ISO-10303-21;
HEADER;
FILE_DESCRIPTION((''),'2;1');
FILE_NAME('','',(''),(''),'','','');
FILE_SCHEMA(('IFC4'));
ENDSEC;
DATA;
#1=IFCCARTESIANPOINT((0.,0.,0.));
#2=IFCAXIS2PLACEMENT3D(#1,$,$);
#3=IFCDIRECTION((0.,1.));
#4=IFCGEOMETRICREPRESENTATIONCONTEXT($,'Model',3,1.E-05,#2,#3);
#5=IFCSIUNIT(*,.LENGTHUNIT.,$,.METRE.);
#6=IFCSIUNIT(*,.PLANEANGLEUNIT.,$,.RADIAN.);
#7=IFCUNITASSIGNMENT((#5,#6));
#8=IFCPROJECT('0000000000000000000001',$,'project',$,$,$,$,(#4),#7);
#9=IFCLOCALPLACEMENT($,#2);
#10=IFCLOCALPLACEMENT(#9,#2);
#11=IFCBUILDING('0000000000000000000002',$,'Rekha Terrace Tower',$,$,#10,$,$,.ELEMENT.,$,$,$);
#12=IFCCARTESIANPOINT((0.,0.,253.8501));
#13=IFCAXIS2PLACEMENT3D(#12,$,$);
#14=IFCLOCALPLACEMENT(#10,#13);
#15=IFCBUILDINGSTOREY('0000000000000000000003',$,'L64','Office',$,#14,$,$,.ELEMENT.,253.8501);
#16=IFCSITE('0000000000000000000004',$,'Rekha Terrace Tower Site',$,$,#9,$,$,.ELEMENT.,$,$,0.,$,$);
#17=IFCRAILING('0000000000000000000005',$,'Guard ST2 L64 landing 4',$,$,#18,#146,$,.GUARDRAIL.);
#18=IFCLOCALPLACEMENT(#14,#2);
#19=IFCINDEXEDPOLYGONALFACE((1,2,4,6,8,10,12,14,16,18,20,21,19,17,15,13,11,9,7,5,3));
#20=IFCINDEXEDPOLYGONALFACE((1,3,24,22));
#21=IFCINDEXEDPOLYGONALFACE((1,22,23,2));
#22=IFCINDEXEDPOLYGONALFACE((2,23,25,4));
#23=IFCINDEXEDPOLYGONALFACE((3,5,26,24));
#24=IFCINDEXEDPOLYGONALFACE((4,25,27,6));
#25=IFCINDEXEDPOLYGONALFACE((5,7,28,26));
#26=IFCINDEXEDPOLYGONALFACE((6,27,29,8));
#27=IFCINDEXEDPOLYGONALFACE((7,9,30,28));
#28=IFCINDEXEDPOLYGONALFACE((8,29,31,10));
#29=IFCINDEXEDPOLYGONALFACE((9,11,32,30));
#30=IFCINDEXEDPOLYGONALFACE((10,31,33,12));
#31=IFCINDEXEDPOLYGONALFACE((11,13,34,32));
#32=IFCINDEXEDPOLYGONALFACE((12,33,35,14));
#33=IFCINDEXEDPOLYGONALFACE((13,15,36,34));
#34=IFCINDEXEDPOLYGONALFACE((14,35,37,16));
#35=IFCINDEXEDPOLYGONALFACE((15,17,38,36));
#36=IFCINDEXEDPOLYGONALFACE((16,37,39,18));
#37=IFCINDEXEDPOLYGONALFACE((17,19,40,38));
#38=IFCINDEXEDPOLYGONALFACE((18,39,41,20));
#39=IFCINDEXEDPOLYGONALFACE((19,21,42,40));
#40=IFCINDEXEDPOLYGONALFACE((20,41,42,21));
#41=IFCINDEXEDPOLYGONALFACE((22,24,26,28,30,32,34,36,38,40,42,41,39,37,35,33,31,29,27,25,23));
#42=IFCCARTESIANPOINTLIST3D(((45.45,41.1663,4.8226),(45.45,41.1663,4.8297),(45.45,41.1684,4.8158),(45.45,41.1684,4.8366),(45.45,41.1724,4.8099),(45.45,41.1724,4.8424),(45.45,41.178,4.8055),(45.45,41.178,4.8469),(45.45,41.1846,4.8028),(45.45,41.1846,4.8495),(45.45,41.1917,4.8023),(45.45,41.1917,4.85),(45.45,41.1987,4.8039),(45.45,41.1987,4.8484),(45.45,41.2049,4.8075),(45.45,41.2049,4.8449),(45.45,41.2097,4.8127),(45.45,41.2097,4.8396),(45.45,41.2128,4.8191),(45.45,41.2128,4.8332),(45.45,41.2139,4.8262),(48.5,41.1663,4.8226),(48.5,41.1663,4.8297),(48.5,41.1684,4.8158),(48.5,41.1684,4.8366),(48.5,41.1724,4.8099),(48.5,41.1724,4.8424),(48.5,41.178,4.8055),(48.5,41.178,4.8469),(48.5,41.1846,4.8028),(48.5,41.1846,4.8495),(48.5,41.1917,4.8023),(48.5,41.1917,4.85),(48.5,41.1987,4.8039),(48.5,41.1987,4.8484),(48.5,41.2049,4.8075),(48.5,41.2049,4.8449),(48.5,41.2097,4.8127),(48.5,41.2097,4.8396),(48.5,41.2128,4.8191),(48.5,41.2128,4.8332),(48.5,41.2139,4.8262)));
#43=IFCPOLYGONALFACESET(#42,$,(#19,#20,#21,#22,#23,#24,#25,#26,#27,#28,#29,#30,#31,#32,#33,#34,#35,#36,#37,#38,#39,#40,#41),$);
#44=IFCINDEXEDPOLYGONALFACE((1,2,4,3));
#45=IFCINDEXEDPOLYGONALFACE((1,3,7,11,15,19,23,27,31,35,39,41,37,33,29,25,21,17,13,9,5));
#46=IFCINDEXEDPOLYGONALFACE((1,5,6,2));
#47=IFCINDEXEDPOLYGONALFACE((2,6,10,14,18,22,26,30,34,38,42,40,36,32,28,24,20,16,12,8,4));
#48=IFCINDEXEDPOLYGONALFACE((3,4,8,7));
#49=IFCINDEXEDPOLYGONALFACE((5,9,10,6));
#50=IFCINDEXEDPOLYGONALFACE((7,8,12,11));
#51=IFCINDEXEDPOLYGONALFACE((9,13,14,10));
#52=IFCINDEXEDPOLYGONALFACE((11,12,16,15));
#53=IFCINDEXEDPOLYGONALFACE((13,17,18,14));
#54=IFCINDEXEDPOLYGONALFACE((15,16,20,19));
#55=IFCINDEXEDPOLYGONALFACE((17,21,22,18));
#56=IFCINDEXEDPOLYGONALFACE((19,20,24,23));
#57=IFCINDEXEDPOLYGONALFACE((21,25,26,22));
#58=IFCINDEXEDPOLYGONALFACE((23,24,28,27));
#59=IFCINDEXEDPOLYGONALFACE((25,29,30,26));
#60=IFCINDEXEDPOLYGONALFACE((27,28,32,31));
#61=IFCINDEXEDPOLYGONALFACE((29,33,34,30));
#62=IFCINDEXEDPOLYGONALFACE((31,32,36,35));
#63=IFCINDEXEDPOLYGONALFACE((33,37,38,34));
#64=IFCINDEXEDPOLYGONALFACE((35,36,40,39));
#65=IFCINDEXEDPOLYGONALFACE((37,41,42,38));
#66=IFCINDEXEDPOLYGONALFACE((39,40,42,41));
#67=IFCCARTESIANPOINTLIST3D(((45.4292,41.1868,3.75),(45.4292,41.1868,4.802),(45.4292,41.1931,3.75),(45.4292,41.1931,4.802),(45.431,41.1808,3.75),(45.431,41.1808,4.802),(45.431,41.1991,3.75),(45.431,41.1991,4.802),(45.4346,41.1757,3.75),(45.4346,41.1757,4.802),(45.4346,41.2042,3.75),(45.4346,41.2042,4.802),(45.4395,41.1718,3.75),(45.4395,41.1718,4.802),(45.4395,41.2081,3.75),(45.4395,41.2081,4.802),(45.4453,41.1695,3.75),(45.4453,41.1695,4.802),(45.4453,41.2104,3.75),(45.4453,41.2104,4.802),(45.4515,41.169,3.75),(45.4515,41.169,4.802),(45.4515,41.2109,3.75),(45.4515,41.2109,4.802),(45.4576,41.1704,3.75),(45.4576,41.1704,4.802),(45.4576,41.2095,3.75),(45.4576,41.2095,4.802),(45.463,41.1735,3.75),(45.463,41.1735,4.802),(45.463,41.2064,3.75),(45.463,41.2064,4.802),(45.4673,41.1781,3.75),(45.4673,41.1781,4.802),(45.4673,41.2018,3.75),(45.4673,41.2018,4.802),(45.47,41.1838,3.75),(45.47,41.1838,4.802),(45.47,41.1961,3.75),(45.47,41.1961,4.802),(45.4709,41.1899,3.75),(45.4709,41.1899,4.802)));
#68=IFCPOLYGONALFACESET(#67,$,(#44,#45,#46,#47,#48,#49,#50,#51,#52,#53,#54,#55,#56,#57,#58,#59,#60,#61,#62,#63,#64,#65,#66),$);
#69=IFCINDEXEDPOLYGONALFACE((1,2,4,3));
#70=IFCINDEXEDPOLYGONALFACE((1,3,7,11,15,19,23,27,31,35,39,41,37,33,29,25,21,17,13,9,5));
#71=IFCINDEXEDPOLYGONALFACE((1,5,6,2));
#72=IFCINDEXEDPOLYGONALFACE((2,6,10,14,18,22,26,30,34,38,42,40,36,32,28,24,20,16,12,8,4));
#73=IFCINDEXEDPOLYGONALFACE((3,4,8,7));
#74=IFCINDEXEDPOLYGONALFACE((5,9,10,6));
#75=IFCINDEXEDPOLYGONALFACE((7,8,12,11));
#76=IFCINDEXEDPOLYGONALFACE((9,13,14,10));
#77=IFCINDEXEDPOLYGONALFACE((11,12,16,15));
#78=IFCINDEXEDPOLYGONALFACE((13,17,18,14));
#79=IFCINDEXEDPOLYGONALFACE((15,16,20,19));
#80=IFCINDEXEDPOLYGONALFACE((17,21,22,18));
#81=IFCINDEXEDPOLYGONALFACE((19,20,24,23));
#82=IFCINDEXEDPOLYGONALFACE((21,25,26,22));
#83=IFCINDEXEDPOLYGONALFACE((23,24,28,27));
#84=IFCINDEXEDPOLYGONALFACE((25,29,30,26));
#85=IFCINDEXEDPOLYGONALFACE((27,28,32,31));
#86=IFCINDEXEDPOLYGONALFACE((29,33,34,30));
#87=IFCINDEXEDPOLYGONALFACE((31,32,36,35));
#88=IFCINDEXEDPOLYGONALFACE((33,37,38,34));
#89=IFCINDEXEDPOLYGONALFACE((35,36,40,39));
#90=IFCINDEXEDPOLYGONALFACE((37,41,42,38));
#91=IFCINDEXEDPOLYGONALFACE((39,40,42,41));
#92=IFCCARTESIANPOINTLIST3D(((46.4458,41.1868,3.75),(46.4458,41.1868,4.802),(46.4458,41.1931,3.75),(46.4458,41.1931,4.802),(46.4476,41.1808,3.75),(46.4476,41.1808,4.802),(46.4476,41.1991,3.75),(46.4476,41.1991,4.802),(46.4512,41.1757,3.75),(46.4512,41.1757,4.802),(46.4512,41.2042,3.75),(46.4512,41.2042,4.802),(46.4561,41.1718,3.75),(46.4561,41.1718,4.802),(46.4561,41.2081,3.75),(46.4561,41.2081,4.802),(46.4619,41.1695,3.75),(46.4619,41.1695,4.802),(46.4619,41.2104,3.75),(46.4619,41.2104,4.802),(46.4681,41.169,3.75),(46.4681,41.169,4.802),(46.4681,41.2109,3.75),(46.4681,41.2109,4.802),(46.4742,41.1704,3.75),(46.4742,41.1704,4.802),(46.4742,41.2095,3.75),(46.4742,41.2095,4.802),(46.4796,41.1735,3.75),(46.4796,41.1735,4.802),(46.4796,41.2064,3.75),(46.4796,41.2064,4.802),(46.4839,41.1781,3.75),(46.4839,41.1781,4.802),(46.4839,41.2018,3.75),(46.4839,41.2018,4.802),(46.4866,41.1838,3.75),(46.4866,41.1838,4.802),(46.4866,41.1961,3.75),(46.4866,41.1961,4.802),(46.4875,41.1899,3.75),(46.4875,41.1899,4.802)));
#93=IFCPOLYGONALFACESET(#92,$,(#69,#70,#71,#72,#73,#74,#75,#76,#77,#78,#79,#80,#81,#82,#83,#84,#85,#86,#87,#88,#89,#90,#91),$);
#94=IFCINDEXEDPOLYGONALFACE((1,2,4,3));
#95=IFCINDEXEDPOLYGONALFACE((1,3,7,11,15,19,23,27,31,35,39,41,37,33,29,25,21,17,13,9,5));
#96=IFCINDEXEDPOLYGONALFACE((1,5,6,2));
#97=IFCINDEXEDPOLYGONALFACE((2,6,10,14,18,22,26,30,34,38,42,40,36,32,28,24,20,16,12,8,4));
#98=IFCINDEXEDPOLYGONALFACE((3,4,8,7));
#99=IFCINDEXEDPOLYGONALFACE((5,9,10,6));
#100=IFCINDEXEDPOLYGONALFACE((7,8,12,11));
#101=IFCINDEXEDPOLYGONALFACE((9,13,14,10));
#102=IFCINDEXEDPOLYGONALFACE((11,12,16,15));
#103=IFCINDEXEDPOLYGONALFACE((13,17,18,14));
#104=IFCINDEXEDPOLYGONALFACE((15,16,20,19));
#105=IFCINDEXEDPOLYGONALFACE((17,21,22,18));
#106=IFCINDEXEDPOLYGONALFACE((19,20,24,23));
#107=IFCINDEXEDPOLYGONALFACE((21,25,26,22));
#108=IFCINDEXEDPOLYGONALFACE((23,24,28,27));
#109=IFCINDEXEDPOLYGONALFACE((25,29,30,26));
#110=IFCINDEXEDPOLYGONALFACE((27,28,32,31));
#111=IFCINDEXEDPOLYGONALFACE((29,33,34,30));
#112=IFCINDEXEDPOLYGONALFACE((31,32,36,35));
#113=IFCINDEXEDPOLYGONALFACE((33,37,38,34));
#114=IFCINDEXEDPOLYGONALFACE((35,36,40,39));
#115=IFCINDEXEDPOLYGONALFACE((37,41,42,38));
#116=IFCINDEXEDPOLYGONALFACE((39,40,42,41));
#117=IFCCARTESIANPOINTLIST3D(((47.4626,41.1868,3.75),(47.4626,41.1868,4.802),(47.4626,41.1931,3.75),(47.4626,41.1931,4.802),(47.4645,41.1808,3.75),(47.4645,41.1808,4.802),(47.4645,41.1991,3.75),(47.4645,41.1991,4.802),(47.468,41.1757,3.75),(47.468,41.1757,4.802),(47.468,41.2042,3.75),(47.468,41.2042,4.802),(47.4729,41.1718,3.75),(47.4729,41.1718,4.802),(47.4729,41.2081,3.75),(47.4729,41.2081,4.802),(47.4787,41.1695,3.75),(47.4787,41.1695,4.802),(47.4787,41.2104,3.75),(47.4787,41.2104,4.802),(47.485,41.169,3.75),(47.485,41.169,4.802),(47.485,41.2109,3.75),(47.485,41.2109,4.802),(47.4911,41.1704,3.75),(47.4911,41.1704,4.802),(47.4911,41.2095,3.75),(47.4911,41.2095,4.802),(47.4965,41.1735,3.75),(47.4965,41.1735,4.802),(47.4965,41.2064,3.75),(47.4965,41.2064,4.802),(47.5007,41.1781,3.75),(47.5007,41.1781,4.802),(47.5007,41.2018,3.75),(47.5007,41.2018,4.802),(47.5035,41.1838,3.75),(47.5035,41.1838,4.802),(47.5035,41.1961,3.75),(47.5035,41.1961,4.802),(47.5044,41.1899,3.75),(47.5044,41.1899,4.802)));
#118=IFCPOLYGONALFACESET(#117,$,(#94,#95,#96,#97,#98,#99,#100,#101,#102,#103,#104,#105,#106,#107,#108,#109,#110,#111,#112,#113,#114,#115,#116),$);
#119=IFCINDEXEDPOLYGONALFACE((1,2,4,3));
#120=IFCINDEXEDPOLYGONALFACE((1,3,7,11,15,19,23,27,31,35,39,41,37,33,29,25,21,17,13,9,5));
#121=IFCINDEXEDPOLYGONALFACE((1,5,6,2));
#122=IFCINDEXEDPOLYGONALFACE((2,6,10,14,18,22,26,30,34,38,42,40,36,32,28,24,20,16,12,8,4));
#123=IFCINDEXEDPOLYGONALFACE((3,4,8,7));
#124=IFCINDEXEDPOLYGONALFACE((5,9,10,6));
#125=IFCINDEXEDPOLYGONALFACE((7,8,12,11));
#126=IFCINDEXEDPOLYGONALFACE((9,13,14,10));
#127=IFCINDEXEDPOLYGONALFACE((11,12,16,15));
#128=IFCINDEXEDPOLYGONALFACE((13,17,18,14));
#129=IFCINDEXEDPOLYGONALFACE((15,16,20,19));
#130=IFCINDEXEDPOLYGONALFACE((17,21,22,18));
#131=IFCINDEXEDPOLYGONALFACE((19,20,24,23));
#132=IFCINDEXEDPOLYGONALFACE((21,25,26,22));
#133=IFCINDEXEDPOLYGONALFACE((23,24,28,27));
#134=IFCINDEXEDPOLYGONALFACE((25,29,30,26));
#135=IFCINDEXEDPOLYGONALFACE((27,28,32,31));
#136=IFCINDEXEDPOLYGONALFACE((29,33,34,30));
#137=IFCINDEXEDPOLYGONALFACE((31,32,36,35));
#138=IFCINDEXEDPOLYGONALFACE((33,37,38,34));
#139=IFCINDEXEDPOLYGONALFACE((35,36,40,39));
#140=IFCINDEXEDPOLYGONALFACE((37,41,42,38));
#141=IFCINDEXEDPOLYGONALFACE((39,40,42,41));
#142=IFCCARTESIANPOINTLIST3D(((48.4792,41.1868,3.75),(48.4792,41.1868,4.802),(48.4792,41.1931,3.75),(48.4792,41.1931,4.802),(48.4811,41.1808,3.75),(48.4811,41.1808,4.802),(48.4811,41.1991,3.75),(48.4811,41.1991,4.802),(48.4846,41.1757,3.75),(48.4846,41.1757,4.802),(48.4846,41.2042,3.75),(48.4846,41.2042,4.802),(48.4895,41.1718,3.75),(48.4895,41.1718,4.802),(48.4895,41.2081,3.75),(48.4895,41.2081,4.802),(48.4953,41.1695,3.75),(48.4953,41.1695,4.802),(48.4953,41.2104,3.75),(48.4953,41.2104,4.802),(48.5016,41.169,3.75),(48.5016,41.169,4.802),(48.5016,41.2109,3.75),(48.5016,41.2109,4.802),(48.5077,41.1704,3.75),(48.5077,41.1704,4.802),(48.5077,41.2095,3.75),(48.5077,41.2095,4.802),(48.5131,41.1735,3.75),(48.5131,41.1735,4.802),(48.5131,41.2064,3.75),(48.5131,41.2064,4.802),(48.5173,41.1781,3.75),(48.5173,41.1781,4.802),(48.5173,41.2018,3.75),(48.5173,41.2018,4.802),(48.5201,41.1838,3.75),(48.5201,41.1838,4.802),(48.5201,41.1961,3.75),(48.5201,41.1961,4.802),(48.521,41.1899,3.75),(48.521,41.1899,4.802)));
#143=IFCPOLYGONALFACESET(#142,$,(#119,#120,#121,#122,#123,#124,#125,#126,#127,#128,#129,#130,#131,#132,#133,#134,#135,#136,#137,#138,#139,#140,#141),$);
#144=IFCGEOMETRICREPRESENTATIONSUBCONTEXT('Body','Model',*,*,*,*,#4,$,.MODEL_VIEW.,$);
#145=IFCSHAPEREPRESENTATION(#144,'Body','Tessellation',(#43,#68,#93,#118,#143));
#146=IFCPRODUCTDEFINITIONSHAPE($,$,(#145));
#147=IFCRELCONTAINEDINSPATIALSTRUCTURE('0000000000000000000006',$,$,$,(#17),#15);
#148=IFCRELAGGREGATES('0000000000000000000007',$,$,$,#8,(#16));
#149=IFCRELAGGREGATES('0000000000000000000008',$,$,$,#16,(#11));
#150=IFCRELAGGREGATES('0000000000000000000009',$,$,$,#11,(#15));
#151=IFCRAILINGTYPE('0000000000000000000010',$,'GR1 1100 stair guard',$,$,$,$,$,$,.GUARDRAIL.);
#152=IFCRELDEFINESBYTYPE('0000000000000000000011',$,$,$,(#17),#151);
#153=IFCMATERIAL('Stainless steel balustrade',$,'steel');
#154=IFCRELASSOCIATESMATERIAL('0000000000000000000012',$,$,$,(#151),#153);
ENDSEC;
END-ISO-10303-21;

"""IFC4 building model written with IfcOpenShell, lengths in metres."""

from ifc_helpers import new_model, si_unit, direction, frame, origin, origin_2d, place, context, subcontext, project, spatial, circle, extrude, material, type_object, element, save


model = new_model("IFC4")

# Units and contexts
model_context = context("Model", 3, precision=1e-05, world=origin(), true_north=direction((0.0, 1.0)))
body_context = subcontext(model_context, "Body", "Model", "MODEL_VIEW")
ifc_project = project(units=[si_unit("LENGTHUNIT", "METRE"), si_unit("PLANEANGLEUNIT", "RADIAN")], contexts=[model_context])

# Site, building, storey
site_placement = place(None, origin())
site = spatial("IfcSite", under=ifc_project, at=site_placement, Name="Rekha Terrace Tower Site", CompositionType="ELEMENT", RefElevation=0.0)
building_placement = place(site_placement, origin())
building = spatial("IfcBuilding", under=site, at=building_placement, Name="Rekha Terrace Tower", CompositionType="ELEMENT")
storey_placement = place(building_placement, frame((0.0, 0.0, 253.8501)))
storey = spatial("IfcBuildingStorey", under=building, at=storey_placement, Name="L64", Description="Office", CompositionType="ELEMENT", Elevation=253.8501)

# Railing
ifc_material_1 = material(Name="Stainless steel balustrade", Category="steel")
railing_type_1 = type_object("IfcRailingType", Name="GR1 1100 stair guard", PredefinedType="GUARDRAIL", material=ifc_material_1)
railing_1_placement = place(storey_placement, frame((45.45, 41.1899, 3.75)))
element("IfcRailing", 1, at=railing_1_placement, inside=storey, type_object=railing_type_1, Name="Guard ST2 L64 landing 4", PredefinedType="GUARDRAIL", context=body_context, shape_type="SweptSolid", body=[
    extrude(circle(Radius=0.0239, at=origin_2d()), frame((0.0, 0.0, 1.0762), z_axis=(1.0, 0.0, 0.0), x_axis=(0.0, 1.0, 0.0)), (0.0, 0.0, 1.0), 3.05),
    extrude(circle(Radius=0.021, at=origin_2d()), origin(), (0.0, 0.0, 1.0), 1.052),
    extrude(circle(Radius=0.021, at=origin_2d()), frame((1.0166, 0.0, 0.0)), (0.0, 0.0, 1.0), 1.052),
    extrude(circle(Radius=0.021, at=origin_2d()), frame((2.0334, 0.0, 0.0)), (0.0, 0.0, 1.0), 1.052),
    extrude(circle(Radius=0.021, at=origin_2d()), frame((3.05, 0.0, 0.0)), (0.0, 0.0, 1.0), 1.052),
])

save(model, "model.ifc")
